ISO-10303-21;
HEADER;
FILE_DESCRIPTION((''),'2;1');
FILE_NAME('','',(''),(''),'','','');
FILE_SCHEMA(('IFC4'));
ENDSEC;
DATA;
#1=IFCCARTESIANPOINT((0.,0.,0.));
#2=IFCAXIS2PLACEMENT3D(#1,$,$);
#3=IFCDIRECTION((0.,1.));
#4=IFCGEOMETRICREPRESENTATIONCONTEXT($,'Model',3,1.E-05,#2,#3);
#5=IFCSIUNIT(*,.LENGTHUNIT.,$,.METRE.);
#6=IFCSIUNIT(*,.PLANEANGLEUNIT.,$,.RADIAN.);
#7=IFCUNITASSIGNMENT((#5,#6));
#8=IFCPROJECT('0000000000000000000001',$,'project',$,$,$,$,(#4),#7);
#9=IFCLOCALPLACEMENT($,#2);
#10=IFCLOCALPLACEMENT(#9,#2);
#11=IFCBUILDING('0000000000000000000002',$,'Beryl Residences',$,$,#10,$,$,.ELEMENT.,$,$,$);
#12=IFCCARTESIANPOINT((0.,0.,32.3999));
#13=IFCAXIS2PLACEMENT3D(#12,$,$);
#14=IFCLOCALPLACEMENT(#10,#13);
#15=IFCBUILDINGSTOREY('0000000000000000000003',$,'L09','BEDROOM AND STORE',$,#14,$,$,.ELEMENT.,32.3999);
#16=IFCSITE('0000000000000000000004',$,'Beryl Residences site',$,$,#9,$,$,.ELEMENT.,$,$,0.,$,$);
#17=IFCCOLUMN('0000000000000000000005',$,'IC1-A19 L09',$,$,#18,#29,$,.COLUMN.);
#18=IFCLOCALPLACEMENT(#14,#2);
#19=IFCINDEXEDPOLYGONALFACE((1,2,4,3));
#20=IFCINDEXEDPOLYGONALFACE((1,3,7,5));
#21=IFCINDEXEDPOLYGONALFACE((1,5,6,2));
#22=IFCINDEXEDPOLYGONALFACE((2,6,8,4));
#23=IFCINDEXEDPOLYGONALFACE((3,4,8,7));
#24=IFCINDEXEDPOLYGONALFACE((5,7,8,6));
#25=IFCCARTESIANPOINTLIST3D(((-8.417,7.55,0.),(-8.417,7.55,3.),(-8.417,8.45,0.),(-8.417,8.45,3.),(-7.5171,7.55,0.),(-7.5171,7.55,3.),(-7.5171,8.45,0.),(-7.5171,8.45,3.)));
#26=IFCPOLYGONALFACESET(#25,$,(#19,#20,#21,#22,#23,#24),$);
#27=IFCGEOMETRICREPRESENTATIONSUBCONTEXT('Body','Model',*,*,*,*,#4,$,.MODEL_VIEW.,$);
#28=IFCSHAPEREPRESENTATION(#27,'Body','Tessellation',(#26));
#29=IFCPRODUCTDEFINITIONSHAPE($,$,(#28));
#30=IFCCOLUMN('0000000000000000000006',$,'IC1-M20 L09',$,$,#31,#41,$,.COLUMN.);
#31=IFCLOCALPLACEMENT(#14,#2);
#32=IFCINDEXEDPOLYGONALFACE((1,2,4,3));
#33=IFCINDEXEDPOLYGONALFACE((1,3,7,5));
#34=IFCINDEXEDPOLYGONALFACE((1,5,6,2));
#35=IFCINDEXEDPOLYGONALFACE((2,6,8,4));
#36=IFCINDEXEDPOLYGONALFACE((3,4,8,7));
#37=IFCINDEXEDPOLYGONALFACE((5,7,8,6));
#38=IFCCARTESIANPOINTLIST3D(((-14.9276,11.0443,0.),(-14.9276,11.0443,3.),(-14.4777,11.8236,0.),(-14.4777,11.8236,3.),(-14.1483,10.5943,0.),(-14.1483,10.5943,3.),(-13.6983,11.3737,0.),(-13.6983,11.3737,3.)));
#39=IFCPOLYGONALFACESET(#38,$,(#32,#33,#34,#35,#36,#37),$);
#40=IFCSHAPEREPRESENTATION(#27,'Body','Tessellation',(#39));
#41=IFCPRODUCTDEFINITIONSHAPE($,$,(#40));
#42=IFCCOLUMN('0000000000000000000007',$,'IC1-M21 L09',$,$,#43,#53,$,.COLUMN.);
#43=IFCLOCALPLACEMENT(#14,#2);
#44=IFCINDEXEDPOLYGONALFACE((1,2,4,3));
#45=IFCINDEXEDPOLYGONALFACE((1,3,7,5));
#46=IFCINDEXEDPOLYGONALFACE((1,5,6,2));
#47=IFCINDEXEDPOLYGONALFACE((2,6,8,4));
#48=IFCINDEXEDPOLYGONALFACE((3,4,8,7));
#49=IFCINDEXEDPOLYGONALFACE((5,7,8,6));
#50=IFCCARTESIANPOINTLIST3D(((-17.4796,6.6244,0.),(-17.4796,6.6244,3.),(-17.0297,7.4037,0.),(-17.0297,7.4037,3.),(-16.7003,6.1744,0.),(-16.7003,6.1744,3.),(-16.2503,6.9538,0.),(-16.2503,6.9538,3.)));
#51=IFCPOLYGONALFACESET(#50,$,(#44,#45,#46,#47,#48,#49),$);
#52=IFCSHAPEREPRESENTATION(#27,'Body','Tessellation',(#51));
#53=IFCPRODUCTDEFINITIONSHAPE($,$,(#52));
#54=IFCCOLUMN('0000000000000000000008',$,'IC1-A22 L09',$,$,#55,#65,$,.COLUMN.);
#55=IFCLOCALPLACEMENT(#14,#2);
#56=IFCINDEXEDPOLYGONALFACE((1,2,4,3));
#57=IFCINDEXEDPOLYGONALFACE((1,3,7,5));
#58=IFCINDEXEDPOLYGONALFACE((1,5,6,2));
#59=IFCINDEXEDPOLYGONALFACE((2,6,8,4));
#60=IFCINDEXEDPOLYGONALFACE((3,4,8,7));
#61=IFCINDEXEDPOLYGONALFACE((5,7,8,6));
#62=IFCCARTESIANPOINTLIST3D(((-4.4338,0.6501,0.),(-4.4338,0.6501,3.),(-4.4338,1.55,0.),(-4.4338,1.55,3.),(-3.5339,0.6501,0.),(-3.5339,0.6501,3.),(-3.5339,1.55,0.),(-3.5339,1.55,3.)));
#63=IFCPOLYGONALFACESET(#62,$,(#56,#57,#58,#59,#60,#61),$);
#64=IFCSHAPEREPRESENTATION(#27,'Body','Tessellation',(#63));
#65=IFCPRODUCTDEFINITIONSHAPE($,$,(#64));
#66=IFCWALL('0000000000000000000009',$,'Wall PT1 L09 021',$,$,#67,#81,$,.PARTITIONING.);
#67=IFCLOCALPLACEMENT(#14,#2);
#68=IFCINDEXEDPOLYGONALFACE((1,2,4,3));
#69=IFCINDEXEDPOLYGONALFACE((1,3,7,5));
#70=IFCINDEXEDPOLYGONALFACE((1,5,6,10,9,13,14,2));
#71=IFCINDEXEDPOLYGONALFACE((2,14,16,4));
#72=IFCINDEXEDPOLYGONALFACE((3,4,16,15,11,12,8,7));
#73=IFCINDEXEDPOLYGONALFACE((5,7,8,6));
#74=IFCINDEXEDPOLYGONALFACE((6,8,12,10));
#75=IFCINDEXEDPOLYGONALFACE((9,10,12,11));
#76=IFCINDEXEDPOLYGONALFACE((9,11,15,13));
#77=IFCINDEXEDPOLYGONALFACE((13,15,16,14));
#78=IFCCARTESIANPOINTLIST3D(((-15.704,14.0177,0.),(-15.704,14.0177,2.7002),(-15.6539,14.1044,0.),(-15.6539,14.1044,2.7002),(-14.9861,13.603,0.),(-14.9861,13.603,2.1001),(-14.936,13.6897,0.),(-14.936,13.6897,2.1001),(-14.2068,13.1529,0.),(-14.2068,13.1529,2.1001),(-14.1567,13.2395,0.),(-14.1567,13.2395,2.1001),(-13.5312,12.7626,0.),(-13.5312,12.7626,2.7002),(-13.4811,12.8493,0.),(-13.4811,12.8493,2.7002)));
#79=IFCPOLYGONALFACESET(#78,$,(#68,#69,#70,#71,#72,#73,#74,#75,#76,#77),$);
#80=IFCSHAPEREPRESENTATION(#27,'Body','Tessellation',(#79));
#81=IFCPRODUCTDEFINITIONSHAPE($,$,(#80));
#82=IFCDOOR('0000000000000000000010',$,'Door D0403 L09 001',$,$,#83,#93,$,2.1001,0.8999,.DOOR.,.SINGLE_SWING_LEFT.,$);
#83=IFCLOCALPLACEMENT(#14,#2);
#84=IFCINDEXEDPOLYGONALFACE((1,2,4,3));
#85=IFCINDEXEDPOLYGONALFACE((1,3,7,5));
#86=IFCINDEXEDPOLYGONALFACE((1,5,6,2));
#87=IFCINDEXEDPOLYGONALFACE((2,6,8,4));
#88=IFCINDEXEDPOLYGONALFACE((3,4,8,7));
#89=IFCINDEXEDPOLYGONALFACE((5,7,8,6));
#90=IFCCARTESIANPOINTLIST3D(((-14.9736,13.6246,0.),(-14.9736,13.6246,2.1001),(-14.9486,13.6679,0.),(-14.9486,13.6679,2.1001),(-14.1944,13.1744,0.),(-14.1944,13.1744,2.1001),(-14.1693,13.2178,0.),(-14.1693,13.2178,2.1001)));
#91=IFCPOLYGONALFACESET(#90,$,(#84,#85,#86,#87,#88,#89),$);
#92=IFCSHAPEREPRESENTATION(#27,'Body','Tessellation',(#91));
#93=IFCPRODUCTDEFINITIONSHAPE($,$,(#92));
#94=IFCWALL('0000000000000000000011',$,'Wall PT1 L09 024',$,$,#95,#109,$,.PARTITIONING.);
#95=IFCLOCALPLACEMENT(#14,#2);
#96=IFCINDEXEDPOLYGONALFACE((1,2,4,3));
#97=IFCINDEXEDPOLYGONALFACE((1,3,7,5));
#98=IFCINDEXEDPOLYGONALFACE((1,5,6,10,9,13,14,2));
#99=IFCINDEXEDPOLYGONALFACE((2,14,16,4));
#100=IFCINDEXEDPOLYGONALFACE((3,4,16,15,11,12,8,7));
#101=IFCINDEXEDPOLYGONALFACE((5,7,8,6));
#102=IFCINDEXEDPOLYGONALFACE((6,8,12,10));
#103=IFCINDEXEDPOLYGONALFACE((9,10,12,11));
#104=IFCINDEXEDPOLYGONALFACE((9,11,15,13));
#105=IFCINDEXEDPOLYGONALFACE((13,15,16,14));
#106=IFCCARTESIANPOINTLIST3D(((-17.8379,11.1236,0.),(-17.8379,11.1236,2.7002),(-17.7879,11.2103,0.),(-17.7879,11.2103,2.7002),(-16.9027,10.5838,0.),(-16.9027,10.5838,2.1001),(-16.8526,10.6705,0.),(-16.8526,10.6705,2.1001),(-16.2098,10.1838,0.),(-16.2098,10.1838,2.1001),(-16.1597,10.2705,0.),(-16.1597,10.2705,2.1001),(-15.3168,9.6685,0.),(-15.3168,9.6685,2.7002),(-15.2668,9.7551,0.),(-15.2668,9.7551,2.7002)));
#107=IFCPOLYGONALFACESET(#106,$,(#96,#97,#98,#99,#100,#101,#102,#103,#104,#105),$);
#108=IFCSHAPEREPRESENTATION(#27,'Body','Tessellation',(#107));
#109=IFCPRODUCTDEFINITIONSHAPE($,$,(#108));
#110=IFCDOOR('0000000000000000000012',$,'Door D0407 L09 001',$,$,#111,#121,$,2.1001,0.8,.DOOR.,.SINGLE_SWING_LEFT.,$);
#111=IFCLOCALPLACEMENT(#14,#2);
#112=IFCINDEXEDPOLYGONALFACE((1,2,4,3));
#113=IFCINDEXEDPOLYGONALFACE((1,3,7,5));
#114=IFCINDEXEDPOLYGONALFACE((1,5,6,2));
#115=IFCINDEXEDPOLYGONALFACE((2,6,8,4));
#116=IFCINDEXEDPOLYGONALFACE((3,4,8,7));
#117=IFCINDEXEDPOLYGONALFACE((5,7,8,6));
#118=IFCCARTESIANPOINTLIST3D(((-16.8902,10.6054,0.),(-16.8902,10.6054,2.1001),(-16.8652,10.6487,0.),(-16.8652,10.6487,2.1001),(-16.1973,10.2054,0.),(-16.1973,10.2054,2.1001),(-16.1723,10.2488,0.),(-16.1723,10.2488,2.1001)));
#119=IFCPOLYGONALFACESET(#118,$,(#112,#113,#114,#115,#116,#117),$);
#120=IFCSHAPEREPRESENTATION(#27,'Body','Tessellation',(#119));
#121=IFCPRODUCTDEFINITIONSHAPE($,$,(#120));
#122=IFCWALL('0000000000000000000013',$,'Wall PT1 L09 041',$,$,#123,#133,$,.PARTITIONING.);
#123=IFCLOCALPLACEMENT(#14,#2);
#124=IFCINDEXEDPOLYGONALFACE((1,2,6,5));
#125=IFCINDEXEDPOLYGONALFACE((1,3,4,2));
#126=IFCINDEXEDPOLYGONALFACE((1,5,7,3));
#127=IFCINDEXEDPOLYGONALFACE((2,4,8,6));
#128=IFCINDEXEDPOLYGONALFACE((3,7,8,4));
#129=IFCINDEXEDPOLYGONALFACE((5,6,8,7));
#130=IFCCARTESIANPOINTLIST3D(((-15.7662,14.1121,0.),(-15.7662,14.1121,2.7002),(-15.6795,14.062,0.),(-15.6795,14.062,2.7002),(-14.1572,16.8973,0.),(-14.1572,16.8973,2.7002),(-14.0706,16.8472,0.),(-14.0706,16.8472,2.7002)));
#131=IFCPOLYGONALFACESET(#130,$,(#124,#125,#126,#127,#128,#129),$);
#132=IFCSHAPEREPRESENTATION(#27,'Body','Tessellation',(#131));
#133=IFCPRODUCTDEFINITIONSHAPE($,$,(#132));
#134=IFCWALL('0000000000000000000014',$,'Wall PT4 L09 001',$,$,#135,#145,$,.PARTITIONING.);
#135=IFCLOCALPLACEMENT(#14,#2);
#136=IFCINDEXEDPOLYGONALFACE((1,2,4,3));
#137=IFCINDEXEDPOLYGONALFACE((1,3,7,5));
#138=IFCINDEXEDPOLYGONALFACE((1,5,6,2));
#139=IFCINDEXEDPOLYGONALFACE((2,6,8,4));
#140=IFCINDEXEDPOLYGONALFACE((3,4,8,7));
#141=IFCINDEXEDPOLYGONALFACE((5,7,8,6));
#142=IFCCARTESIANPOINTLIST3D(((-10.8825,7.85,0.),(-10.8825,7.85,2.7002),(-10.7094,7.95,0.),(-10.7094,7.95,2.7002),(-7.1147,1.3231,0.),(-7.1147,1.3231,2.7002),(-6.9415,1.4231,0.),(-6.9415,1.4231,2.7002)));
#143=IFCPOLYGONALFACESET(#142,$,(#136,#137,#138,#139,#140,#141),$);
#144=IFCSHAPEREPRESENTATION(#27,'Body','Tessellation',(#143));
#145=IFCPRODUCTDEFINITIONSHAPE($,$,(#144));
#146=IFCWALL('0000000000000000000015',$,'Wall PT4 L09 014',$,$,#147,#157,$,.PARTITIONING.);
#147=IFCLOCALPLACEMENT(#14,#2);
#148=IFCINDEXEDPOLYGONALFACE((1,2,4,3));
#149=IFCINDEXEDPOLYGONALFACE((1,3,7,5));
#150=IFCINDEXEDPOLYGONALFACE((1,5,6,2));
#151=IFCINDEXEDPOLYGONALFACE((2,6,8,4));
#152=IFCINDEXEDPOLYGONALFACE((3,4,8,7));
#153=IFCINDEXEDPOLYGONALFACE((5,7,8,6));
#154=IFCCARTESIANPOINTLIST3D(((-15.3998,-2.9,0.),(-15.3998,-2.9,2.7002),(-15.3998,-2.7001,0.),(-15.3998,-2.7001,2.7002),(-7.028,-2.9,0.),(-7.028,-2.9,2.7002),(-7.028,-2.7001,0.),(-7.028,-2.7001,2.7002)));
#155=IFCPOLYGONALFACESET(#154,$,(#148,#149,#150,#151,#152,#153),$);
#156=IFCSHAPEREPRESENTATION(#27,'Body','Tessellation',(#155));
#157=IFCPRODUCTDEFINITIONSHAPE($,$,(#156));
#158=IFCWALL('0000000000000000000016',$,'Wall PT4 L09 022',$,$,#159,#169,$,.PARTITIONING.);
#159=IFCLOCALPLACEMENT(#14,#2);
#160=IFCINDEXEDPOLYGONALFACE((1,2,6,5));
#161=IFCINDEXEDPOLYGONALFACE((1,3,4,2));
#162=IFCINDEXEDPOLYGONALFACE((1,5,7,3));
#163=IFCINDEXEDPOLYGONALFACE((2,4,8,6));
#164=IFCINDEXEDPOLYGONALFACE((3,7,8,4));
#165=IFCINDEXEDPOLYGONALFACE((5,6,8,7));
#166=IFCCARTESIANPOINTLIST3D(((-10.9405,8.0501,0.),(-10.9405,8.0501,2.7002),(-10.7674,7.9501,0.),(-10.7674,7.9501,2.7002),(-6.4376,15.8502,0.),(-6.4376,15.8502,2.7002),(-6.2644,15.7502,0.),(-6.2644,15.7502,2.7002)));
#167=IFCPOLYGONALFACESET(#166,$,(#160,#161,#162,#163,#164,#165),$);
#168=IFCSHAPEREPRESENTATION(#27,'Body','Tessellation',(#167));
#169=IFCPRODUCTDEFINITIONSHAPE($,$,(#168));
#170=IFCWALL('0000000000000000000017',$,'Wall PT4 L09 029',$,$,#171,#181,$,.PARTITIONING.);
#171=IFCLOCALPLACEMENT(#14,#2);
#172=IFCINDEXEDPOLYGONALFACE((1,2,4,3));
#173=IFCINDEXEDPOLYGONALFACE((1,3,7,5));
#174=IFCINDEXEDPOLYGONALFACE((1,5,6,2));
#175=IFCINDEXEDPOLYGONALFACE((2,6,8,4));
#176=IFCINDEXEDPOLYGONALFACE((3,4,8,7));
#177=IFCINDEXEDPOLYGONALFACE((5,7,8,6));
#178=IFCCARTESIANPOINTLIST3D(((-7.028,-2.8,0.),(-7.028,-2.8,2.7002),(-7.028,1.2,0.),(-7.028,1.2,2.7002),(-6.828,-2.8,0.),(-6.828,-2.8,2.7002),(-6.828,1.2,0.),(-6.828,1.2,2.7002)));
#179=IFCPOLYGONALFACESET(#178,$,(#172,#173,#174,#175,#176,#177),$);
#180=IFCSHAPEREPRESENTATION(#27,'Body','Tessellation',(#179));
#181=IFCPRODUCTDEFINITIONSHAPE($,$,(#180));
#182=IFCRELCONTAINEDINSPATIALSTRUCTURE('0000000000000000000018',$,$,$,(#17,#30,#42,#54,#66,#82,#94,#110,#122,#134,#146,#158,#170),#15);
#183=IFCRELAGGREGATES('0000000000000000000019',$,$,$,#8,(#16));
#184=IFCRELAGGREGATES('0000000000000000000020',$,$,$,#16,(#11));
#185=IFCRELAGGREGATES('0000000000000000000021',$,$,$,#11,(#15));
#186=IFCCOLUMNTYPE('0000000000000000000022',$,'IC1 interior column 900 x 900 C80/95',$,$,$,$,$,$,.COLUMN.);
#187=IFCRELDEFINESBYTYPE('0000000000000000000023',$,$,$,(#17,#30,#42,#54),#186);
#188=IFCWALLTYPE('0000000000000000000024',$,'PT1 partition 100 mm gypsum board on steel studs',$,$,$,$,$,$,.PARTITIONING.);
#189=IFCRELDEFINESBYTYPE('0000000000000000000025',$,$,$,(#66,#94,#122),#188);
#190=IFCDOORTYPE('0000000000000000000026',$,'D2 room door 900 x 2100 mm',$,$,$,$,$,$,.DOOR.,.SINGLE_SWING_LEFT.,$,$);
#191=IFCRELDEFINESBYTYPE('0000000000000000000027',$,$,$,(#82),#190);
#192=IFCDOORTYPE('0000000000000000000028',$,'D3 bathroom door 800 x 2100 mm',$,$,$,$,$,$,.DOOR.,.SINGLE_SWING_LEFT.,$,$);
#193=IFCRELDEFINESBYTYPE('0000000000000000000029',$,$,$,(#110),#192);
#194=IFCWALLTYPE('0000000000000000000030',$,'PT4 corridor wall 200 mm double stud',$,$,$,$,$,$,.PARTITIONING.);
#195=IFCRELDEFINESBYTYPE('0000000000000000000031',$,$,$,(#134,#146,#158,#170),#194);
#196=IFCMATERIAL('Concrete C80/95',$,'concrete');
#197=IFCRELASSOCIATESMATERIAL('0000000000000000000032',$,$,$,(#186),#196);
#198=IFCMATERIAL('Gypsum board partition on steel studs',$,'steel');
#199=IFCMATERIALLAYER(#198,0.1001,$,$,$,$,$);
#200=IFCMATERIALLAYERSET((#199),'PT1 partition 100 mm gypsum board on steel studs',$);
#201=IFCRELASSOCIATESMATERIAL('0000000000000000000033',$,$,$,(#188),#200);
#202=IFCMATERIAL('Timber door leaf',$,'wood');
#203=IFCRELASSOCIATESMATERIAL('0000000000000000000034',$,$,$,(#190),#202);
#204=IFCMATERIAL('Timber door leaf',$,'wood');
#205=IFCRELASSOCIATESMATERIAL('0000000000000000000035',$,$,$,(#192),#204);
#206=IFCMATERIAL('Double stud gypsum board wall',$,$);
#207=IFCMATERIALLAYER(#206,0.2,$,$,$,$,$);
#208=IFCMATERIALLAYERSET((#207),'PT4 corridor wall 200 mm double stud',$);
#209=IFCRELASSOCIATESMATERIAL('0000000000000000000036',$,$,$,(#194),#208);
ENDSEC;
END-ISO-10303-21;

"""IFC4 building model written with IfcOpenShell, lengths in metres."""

from ifc_helpers import new_model, si_unit, direction, frame, frame_2d, origin, origin_2d, place, context, subcontext, project, spatial, rectangle, extrude, material, layer, layer_set, material_profile, profile_set, type_object, element, fill, save


model = new_model("IFC4")

# Units and contexts
model_context = context("Model", 3, precision=1e-05, world=origin(), true_north=direction((0.0, 1.0)))
body_context = subcontext(model_context, "Body", "Model", "MODEL_VIEW")
ifc_project = project(units=[si_unit("LENGTHUNIT", "METRE"), si_unit("PLANEANGLEUNIT", "RADIAN")], contexts=[model_context])

# Site, building, storey
site_placement = place(None, origin())
site = spatial("IfcSite", under=ifc_project, at=site_placement, Name="Beryl Residences site", CompositionType="ELEMENT", RefElevation=0.0)
building_placement = place(site_placement, origin())
building = spatial("IfcBuilding", under=site, at=building_placement, Name="Beryl Residences", CompositionType="ELEMENT")
storey_placement = place(building_placement, frame((0.0, 0.0, 32.3999)))
storey = spatial("IfcBuildingStorey", under=building, at=storey_placement, Name="L09", Description="BEDROOM AND STORE", CompositionType="ELEMENT", Elevation=32.3999)

# Columns
ifc_material_1 = material(Name="Concrete C80/95", Category="concrete")
ifc_material_profile = material_profile(ifc_material_1, rectangle(XDim=0.8999, YDim=0.8999, at=origin_2d()))
ifc_profile_set = profile_set([ifc_material_profile], Name="Concrete C80/95")
column_type = type_object("IfcColumnType", Name="IC1 interior column 900 x 900 C80/95", PredefinedType="COLUMN", material=ifc_profile_set)
for number, where, z_axis, x_axis, name in (
    (1, (-7.967, 8.0, 0.0), (0.0, 0.0, 1.0), (1.0, 0.0, 0.0), "IC1-A19 L09"),
    (2, (-14.313, 11.209, 0.0), (0.0, 0.0, 1.0), (-0.499985, -0.866034, 0.0), "IC1-M20 L09"),
    (3, (-16.865, 6.7891, 0.0), (0.0, 0.0, 1.0), (-0.499985, -0.866034, 0.0), "IC1-M21 L09"),
    (4, (-3.9839, 1.1001, 0.0), (0.0, 0.0, 1.0), (1.0, 0.0, 0.0), "IC1-A22 L09"),
):
    element("IfcColumn", number, at=place(storey_placement, frame(where, z_axis=z_axis, x_axis=x_axis)), inside=storey, type_object=column_type, Name=name, PredefinedType="COLUMN", context=body_context, shape_type="SweptSolid", body=[
        extrude(rectangle(XDim=0.8999, YDim=0.8999, at=origin_2d()), origin(), (0.0, 0.0, 1.0), 3.0),
    ])

# Walls, openings, doors
ifc_material_2 = material(Name="Gypsum board partition on steel studs", Category="steel")
ifc_layer_1 = layer(ifc_material_2, 0.1001)
ifc_layer_set_1 = layer_set([ifc_layer_1], Name="PT1 partition 100 mm gypsum board on steel studs")
wall_type_1 = type_object("IfcWallType", Name="PT1 partition 100 mm gypsum board on steel studs", PredefinedType="PARTITIONING", material=ifc_layer_set_1)
wall_1_placement = place(storey_placement, frame((-15.679, 14.061, 0.0), z_axis=(0.0, 0.0, 1.0), x_axis=(0.865917, -0.500188, 0.0)))
wall_1 = element("IfcWall", 5, at=wall_1_placement, inside=storey, type_object=wall_type_1, Name="Wall PT1 L09 021", PredefinedType="PARTITIONING", context=body_context, shape_type="SweptSolid", body=[
    extrude(rectangle(XDim=2.5093, YDim=0.1001, at=frame_2d((1.2546, 0.0))), origin(), (0.0, 0.0, 1.0), 2.7002),
])
opening_1_placement = place(wall_1_placement, frame((0.8291, 0.0, 0.0)))
opening_1 = element("IfcOpeningElement", 6, at=opening_1_placement, cuts=wall_1, PredefinedType="OPENING", context=body_context, shape_type="SweptSolid", body=[
    extrude(rectangle(XDim=0.8999, YDim=2.1001, at=frame_2d((0.45, 1.05))), frame((0.0, 0.0601, 0.0), z_axis=(0.0, -1.0, 0.0), x_axis=(1.0, 0.0, 0.0)), (0.0, 0.0, 1.0), 0.1201),
])
ifc_material_3 = material(Name="Timber door leaf", Category="wood")
door_type_1 = type_object("IfcDoorType", Name="D2 room door 900 x 2100 mm", OperationType="SINGLE_SWING_LEFT", PredefinedType="DOOR", material=ifc_material_3)
door_1_placement = place(opening_1_placement, origin())
door_1 = element("IfcDoor", 7, at=door_1_placement, inside=storey, type_object=door_type_1, Name="Door D0403 L09 001", OperationType="SINGLE_SWING_LEFT", OverallHeight=2.1001, OverallWidth=0.8999, PredefinedType="DOOR", context=body_context, shape_type="SweptSolid", body=[
    extrude(rectangle(XDim=0.8999, YDim=2.1001, at=frame_2d((0.45, 1.05))), frame((0.0, 0.0249, 0.0), z_axis=(0.0, -1.0, 0.0), x_axis=(1.0, 0.0, 0.0)), (0.0, 0.0, 1.0), 0.05),
])
fill(opening_1, door_1)
wall_2_placement = place(storey_placement, frame((-17.813, 11.167, 0.0), z_axis=(0.0, 0.0, 1.0), x_axis=(0.866088, -0.499892, 0.0)))
wall_2 = element("IfcWall", 8, at=wall_2_placement, inside=storey, type_object=wall_type_1, Name="Wall PT1 L09 024", PredefinedType="PARTITIONING", context=body_context, shape_type="SweptSolid", body=[
    extrude(rectangle(XDim=2.9109, YDim=0.1001, at=frame_2d((1.4556, 0.0))), origin(), (0.0, 0.0, 1.0), 2.7002),
])
opening_2_placement = place(wall_2_placement, frame((1.0801, 0.0, 0.0)))
opening_2 = element("IfcOpeningElement", 9, at=opening_2_placement, cuts=wall_2, PredefinedType="OPENING", context=body_context, shape_type="SweptSolid", body=[
    extrude(rectangle(XDim=0.8, YDim=2.1001, at=frame_2d((0.3999, 1.05))), frame((0.0, 0.0601, 0.0), z_axis=(0.0, -1.0, 0.0), x_axis=(1.0, 0.0, 0.0)), (0.0, 0.0, 1.0), 0.1201),
])
ifc_material_4 = material(Name="Timber door leaf", Category="wood")
door_type_2 = type_object("IfcDoorType", Name="D3 bathroom door 800 x 2100 mm", OperationType="SINGLE_SWING_LEFT", PredefinedType="DOOR", material=ifc_material_4)
door_2_placement = place(opening_2_placement, origin())
door_2 = element("IfcDoor", 10, at=door_2_placement, inside=storey, type_object=door_type_2, Name="Door D0407 L09 001", OperationType="SINGLE_SWING_LEFT", OverallHeight=2.1001, OverallWidth=0.8, PredefinedType="DOOR", context=body_context, shape_type="SweptSolid", body=[
    extrude(rectangle(XDim=0.8, YDim=2.1001, at=frame_2d((0.3999, 1.05))), frame((0.0, 0.0249, 0.0), z_axis=(0.0, -1.0, 0.0), x_axis=(1.0, 0.0, 0.0)), (0.0, 0.0, 1.0), 0.05),
])
fill(opening_2, door_2)

# Walls
wall_3_placement = place(storey_placement, frame((-15.7229, 14.0869, 0.0), z_axis=(0.0, 0.0, 1.0), x_axis=(0.500204, 0.865907, 0.0)))
element("IfcWall", 11, at=wall_3_placement, inside=storey, type_object=wall_type_1, Name="Wall PT1 L09 041", PredefinedType="PARTITIONING", context=body_context, shape_type="SweptSolid", body=[
    extrude(rectangle(XDim=3.2166, YDim=0.1001, at=frame_2d((1.6084, 0.0))), origin(), (0.0, 0.0, 1.0), 2.7002),
])
ifc_material_5 = material(Name="Double stud gypsum board wall")
ifc_layer_2 = layer(ifc_material_5, 0.2)
ifc_layer_set_2 = layer_set([ifc_layer_2], Name="PT4 corridor wall 200 mm double stud")
wall_type_2 = type_object("IfcWallType", Name="PT4 corridor wall 200 mm double stud", PredefinedType="PARTITIONING", material=ifc_layer_set_2)
wall_4_placement = place(storey_placement, frame((-10.7959, 7.8999, 0.0), z_axis=(0.0, 0.0, 1.0), x_axis=(0.499954, -0.866052, 0.0)))
element("IfcWall", 12, at=wall_4_placement, inside=storey, type_object=wall_type_2, Name="Wall PT4 L09 001", PredefinedType="PARTITIONING", context=body_context, shape_type="SweptSolid", body=[
    extrude(rectangle(XDim=7.5364, YDim=0.2, at=frame_2d((3.7681, 0.0))), origin(), (0.0, 0.0, 1.0), 2.7002),
])
wall_5_placement = place(storey_placement, frame((-15.3999, -2.8, 0.0), z_axis=(0.0, 0.0, 1.0), x_axis=(1.0, 0.0, 0.0)))
element("IfcWall", 13, at=wall_5_placement, inside=storey, type_object=wall_type_2, Name="Wall PT4 L09 014", PredefinedType="PARTITIONING", context=body_context, shape_type="SweptSolid", body=[
    extrude(rectangle(XDim=8.3718, YDim=0.2, at=frame_2d((4.186, 0.0))), origin(), (0.0, 0.0, 1.0), 2.7002),
])
wall_6_placement = place(storey_placement, frame((-10.854, 8.0, 0.0), z_axis=(0.0, 0.0, 1.0), x_axis=(0.499964, 0.866046, 0.0)))
element("IfcWall", 14, at=wall_6_placement, inside=storey, type_object=wall_type_2, Name="Wall PT4 L09 022", PredefinedType="PARTITIONING", context=body_context, shape_type="SweptSolid", body=[
    extrude(rectangle(XDim=9.0066, YDim=0.2, at=frame_2d((4.5034, 0.0))), origin(), (0.0, 0.0, 1.0), 2.7002),
])
wall_7_placement = place(storey_placement, frame((-6.928, -2.8, 0.0), z_axis=(0.0, 0.0, 1.0), x_axis=(0.0, 1.0, 0.0)))
element("IfcWall", 15, at=wall_7_placement, inside=storey, type_object=wall_type_2, Name="Wall PT4 L09 029", PredefinedType="PARTITIONING", context=body_context, shape_type="SweptSolid", body=[
    extrude(rectangle(XDim=4.0, YDim=0.2, at=frame_2d((2.0, 0.0))), origin(), (0.0, 0.0, 1.0), 2.7002),
])

save(model, "model.ifc")
